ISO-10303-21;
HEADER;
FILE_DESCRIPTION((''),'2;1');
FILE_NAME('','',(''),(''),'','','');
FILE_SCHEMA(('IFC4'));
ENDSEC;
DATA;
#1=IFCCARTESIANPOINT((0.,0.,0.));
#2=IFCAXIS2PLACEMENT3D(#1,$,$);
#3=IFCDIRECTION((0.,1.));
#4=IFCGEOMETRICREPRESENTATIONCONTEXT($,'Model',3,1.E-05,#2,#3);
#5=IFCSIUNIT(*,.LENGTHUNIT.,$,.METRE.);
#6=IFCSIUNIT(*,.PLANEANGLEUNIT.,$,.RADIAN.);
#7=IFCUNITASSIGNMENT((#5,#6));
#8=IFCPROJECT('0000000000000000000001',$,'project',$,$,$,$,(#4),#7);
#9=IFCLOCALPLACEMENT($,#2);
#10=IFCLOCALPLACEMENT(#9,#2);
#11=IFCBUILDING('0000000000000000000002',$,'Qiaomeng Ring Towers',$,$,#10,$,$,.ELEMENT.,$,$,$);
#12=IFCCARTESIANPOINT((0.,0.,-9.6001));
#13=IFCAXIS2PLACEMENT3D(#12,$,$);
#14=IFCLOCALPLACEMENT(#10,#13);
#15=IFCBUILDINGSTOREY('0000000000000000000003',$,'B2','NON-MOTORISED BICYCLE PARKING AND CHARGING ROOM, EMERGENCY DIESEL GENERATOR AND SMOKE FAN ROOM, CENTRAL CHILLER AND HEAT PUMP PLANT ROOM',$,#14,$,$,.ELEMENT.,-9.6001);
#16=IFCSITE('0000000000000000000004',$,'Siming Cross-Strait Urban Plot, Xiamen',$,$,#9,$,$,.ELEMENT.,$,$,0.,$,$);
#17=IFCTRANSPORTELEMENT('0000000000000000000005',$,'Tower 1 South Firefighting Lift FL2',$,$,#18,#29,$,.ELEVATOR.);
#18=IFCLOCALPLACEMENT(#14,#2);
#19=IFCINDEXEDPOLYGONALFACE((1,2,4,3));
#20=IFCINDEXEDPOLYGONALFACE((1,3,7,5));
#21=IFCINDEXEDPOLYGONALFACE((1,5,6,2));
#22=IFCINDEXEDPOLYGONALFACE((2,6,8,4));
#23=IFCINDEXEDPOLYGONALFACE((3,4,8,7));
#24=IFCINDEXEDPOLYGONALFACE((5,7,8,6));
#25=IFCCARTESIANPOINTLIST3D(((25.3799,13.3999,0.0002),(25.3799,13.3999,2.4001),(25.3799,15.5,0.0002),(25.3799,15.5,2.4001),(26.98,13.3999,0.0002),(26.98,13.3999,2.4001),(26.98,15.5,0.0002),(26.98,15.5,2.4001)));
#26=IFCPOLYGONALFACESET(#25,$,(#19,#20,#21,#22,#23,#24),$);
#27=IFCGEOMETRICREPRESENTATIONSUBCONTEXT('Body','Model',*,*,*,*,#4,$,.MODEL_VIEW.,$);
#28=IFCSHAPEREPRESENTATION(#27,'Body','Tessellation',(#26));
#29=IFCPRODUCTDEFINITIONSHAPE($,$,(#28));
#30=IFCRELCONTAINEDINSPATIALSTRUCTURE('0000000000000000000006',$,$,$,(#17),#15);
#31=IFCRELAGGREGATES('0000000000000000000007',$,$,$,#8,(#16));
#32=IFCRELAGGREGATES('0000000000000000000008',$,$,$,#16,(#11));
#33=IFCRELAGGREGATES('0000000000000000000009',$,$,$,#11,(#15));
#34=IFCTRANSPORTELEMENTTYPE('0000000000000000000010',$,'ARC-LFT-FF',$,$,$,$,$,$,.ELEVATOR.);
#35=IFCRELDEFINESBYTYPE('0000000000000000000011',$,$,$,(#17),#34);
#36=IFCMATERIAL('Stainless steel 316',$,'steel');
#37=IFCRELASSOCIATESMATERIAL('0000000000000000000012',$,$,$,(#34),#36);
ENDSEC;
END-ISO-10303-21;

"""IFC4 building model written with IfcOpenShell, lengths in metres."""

from ifc_helpers import new_model, si_unit, direction, frame, origin, origin_2d, place, context, subcontext, project, spatial, rectangle, extrude, source, transform, mapped, material, type_object, element, save


model = new_model("IFC4")

# Units and contexts
model_context = context("Model", 3, precision=1e-05, world=origin(), true_north=direction((0.0, 1.0)))
body_context = subcontext(model_context, "Body", "Model", "MODEL_VIEW")
ifc_project = project(units=[si_unit("LENGTHUNIT", "METRE"), si_unit("PLANEANGLEUNIT", "RADIAN")], contexts=[model_context])

# Site, building, storey
site_placement = place(None, origin())
site = spatial("IfcSite", under=ifc_project, at=site_placement, Name="Siming Cross-Strait Urban Plot, Xiamen", CompositionType="ELEMENT", RefElevation=0.0)
building_placement = place(site_placement, origin())
building = spatial("IfcBuilding", under=site, at=building_placement, Name="Qiaomeng Ring Towers", CompositionType="ELEMENT")
storey_placement = place(building_placement, frame((0.0, 0.0, -9.6001)))
storey = spatial("IfcBuildingStorey", under=building, at=storey_placement, Name="B2", Description="NON-MOTORISED BICYCLE PARKING AND CHARGING ROOM, EMERGENCY DIESEL GENERATOR AND SMOKE FAN ROOM, CENTRAL CHILLER AND HEAT PUMP PLANT ROOM", CompositionType="ELEMENT", Elevation=-9.6001)

# Shared definitions
ifc_material_1 = material(Name="Stainless steel 316", Category="steel")

# Transport element
transport_element_type = type_object("IfcTransportElementType", Name="ARC-LFT-FF", PredefinedType="ELEVATOR", material=ifc_material_1)
shared_shape_1 = source(origin(), body_context, "Body", "SweptSolid", [
    extrude(rectangle(XDim=1.6001, YDim=2.1001, at=origin_2d()), origin(), (0.0, 0.0, 1.0), 2.3999),
])
transport_element_placement = place(storey_placement, frame((26.1799, 14.45, 0.0002), z_axis=(0.0, 0.0, 1.0), x_axis=(1.0, 0.0, 0.0)))
element("IfcTransportElement", 1, at=transport_element_placement, inside=storey, type_object=transport_element_type, Name="Tower 1 South Firefighting Lift FL2", PredefinedType="ELEVATOR", context=body_context, shape_type="MappedRepresentation", body=[
    mapped(shared_shape_1, transform((0.0, 0.0, 0.0), x_axis=(1.0, 0.0, 0.0), y_axis=(0.0, 1.0, 0.0), z_axis=(0.0, 0.0, 1.0), scale=1.0)),
])

save(model, "model.ifc")
